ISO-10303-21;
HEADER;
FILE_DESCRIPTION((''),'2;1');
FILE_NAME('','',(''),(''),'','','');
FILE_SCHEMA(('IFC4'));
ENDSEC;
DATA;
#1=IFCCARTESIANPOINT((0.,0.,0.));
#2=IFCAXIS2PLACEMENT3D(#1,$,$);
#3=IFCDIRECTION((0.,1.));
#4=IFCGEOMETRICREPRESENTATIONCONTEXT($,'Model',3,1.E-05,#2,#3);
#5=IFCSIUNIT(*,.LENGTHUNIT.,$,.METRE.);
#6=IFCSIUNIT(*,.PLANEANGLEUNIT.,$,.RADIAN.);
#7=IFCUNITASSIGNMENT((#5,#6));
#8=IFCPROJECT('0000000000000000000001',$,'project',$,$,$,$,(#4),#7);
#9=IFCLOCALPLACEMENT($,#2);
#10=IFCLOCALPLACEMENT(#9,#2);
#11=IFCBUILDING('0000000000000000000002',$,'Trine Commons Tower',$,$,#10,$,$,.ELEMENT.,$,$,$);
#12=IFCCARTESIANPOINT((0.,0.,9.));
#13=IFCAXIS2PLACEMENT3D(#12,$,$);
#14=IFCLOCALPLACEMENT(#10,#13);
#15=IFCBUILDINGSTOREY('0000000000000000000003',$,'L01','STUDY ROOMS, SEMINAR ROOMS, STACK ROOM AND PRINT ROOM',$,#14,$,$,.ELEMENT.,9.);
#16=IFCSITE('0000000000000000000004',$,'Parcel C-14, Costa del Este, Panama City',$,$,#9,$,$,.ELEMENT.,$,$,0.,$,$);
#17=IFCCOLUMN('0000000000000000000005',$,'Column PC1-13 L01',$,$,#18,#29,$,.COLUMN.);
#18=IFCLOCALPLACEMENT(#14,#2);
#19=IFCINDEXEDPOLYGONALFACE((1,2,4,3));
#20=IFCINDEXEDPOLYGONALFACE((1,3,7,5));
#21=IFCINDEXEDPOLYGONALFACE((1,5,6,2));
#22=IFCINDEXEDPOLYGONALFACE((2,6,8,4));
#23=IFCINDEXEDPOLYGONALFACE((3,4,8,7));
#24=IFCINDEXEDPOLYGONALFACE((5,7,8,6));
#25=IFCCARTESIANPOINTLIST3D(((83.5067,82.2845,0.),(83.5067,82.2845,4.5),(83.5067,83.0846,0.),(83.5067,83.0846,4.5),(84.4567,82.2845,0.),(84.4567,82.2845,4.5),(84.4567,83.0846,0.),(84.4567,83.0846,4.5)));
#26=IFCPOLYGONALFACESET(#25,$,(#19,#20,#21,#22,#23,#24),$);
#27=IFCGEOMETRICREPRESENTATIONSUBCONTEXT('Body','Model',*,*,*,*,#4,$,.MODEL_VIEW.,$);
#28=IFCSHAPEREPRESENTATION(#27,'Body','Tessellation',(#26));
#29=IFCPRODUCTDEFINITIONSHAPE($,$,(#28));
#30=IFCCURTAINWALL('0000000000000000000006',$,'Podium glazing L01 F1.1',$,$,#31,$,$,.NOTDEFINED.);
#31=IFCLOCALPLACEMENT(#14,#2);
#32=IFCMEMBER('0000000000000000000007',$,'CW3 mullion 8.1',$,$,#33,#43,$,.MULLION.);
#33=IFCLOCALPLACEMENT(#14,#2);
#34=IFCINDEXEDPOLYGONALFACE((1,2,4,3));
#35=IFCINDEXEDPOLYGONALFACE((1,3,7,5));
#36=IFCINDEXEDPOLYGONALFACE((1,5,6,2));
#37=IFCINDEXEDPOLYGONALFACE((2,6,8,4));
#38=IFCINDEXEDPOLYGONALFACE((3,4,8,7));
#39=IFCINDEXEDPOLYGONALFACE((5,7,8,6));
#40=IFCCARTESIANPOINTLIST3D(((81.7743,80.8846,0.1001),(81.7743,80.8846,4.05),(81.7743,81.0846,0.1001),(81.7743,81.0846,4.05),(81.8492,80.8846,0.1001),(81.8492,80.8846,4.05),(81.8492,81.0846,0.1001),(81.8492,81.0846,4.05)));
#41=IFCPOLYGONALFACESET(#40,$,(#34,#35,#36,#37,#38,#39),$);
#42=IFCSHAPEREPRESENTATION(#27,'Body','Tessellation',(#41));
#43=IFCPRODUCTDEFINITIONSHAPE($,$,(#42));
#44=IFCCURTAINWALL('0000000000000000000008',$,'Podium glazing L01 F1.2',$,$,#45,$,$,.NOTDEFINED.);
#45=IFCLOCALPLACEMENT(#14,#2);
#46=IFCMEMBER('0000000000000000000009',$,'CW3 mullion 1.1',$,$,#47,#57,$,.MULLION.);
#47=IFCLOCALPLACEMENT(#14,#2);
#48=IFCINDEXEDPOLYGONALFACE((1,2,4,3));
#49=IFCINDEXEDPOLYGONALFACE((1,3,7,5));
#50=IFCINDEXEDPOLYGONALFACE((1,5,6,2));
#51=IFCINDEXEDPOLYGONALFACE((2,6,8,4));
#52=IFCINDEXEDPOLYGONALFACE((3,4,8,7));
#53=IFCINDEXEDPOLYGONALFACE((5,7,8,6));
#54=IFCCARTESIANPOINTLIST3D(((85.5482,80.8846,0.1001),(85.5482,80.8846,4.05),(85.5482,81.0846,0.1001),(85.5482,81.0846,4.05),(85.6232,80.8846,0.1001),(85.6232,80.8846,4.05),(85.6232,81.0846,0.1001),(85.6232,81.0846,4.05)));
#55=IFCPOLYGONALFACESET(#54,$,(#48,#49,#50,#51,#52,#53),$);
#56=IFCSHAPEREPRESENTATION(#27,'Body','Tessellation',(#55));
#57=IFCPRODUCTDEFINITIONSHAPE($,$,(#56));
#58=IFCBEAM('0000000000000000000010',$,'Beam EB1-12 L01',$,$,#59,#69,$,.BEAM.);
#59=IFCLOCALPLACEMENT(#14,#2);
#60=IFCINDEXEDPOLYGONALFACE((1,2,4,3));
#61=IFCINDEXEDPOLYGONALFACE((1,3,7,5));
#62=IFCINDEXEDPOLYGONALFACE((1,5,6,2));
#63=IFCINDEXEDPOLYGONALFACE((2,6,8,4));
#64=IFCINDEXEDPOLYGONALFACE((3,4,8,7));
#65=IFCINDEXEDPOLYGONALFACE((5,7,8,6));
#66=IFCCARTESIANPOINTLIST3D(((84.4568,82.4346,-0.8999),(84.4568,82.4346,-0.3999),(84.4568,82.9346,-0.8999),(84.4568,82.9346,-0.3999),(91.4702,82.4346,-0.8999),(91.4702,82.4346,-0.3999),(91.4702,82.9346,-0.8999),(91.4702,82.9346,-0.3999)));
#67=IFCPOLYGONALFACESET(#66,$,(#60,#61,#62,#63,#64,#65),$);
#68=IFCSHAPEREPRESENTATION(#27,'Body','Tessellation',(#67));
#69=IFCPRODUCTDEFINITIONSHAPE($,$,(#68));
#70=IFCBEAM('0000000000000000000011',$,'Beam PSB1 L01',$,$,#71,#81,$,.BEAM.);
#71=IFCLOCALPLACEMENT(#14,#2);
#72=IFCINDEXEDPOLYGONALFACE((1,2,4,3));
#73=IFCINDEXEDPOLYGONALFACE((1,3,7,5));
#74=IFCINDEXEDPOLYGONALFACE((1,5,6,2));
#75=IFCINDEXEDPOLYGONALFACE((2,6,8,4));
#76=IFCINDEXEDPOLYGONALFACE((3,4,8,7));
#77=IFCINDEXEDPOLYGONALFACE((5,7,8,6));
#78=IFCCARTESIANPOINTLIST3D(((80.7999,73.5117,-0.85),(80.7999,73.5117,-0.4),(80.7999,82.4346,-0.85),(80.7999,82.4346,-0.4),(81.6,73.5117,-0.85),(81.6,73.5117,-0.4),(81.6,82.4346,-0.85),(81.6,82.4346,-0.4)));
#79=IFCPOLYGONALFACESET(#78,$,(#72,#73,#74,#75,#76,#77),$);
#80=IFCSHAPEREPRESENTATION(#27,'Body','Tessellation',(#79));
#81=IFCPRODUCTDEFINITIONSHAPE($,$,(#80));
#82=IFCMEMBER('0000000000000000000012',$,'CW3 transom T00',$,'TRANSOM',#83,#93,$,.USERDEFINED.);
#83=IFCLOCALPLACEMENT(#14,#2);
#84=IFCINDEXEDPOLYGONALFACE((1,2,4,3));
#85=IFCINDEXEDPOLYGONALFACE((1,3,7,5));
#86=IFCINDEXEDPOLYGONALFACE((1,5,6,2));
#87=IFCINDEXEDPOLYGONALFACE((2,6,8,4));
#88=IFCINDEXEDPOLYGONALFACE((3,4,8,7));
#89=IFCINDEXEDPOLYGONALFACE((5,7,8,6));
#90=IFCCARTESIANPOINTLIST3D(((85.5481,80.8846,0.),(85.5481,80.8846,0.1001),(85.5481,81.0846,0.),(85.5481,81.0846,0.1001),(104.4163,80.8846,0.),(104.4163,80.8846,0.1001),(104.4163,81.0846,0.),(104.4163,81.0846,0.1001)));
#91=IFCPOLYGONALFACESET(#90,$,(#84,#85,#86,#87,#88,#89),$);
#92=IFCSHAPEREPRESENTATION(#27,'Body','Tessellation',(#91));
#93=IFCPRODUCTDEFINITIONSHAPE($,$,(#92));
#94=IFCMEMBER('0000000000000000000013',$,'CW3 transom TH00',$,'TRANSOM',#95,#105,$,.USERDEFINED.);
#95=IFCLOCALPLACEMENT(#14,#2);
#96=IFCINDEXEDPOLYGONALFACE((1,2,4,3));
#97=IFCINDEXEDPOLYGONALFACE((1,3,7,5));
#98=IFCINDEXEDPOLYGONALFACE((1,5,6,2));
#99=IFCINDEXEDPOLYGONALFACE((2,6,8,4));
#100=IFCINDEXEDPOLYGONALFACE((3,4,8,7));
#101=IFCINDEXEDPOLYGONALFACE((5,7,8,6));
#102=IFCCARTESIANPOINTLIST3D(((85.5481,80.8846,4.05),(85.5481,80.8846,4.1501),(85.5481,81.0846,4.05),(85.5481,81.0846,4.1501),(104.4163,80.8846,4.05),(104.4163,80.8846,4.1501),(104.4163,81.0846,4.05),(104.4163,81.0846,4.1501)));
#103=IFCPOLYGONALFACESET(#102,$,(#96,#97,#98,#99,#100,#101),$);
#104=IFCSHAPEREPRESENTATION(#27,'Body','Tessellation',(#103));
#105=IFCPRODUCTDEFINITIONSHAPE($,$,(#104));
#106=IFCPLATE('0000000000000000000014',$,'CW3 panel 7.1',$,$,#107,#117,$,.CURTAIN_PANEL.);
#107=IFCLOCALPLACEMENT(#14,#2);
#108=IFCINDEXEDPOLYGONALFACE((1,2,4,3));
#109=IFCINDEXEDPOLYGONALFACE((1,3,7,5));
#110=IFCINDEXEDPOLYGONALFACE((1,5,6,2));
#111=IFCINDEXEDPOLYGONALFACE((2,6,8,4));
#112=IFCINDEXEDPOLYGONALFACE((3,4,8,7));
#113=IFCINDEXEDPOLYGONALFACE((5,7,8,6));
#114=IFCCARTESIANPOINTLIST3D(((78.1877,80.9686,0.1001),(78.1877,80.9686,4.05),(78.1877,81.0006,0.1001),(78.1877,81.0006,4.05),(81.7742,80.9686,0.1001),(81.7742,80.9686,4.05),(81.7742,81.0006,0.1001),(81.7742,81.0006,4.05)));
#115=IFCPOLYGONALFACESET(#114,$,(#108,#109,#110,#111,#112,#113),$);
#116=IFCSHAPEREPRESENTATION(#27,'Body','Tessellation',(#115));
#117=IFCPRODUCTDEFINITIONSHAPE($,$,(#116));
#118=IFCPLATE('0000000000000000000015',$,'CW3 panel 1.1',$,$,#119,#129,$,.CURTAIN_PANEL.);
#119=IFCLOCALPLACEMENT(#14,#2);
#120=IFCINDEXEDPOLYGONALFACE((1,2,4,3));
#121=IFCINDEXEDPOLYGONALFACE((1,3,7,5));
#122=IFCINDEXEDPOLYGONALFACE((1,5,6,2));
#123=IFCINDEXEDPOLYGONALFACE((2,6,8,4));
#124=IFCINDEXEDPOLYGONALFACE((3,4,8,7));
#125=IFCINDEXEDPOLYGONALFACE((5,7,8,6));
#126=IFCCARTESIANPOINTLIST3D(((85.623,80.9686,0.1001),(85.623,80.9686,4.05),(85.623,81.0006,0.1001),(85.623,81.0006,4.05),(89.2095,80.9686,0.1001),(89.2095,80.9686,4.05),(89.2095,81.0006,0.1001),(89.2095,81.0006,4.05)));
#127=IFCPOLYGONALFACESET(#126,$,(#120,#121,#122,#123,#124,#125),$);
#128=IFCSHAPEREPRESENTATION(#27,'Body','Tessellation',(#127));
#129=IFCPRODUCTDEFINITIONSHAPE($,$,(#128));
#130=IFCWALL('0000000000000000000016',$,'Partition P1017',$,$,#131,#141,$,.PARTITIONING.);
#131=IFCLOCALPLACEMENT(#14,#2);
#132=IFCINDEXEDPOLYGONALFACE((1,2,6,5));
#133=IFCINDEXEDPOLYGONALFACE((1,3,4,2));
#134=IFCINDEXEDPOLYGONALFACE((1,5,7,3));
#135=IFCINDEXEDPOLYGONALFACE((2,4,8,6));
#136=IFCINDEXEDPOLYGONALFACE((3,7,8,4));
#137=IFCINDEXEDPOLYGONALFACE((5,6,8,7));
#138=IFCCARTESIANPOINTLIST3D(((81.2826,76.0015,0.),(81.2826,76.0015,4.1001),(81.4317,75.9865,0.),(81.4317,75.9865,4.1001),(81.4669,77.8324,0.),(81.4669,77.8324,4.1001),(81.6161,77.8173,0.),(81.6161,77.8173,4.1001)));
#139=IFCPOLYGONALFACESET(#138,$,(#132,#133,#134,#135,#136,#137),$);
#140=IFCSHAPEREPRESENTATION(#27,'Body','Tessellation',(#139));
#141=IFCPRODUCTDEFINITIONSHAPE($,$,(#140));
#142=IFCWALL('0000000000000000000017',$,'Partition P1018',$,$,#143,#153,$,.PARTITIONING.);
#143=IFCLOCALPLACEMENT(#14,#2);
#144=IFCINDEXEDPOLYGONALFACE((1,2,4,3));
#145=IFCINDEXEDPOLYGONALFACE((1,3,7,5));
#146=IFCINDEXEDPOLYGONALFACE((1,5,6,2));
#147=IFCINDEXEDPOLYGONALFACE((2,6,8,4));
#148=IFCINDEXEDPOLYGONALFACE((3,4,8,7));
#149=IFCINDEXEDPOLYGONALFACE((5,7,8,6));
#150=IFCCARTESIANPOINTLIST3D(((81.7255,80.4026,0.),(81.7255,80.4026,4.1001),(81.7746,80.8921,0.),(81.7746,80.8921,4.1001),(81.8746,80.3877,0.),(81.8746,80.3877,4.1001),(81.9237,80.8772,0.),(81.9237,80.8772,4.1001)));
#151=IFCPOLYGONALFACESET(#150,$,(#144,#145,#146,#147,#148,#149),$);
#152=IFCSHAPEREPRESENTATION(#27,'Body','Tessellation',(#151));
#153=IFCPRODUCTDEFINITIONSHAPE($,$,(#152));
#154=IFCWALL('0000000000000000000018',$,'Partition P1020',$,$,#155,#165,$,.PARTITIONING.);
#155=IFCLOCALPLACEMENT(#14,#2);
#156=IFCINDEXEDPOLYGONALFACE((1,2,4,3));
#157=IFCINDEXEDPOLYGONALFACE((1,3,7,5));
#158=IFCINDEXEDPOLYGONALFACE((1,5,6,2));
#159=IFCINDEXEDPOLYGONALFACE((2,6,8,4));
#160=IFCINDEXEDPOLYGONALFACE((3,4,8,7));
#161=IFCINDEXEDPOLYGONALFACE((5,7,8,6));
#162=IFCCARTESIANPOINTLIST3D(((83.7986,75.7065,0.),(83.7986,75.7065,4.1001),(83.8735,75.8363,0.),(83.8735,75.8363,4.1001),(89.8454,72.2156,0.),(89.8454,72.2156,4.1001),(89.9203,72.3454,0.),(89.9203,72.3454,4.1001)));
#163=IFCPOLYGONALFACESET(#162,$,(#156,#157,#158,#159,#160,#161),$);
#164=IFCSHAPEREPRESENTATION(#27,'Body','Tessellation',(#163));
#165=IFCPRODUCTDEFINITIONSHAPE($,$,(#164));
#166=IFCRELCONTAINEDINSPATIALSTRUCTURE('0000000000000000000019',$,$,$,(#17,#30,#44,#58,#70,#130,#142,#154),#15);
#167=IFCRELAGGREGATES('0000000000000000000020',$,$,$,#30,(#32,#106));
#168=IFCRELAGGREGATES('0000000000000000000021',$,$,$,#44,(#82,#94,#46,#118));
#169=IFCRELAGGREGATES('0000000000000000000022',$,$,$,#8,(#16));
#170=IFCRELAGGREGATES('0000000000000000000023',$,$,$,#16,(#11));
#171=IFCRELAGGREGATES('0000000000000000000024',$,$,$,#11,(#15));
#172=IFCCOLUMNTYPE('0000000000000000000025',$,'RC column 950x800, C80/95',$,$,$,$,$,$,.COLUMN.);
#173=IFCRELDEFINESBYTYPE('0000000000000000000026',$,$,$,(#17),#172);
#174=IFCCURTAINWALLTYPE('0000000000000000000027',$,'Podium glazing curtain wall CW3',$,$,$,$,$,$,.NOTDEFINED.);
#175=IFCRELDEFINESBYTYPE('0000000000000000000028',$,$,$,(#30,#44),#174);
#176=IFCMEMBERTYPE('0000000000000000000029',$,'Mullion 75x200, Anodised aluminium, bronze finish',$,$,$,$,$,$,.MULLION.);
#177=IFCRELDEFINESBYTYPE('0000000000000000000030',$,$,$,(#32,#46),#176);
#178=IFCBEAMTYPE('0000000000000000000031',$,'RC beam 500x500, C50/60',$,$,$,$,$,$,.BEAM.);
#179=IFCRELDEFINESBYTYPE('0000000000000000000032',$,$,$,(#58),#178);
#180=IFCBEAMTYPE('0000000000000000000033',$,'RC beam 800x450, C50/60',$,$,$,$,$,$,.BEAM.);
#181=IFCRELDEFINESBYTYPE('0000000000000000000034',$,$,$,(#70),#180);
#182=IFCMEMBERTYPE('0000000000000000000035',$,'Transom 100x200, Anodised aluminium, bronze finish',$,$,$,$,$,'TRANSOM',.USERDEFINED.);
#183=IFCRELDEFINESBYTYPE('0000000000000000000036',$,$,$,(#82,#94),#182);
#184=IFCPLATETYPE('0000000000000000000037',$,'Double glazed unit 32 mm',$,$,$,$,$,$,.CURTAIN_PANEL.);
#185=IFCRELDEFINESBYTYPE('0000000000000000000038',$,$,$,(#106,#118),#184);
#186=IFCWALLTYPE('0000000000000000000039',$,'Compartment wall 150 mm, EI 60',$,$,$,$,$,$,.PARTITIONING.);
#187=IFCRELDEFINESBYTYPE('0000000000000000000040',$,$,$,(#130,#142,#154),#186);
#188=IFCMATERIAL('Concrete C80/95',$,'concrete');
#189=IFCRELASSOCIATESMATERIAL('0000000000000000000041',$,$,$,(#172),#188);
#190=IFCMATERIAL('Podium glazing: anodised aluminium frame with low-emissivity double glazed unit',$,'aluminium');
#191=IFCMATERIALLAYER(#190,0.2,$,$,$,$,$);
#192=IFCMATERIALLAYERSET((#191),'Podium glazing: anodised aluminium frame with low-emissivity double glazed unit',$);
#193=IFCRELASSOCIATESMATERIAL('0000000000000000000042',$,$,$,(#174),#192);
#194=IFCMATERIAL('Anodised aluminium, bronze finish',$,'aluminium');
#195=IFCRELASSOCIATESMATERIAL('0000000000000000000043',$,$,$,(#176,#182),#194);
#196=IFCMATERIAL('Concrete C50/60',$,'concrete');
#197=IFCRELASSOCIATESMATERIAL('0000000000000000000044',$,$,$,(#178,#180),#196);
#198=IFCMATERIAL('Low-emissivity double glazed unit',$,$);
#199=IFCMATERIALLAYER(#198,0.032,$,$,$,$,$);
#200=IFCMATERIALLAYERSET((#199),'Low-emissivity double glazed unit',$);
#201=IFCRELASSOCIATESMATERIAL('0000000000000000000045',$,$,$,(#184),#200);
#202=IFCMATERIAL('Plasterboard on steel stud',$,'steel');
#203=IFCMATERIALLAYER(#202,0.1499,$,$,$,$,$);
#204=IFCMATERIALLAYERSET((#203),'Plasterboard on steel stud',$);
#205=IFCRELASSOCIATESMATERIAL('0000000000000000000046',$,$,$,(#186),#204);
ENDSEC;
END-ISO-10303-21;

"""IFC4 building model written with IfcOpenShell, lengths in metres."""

from ifc_helpers import new_model, si_unit, direction, frame, frame_2d, origin, origin_2d, place, context, subcontext, project, spatial, rectangle, extrude, material, layer, layer_set, material_profile, profile_set, type_object, element, aggregate, save


model = new_model("IFC4")

# Units and contexts
model_context = context("Model", 3, precision=1e-05, world=origin(), true_north=direction((0.0, 1.0)))
body_context = subcontext(model_context, "Body", "Model", "MODEL_VIEW")
ifc_project = project(units=[si_unit("LENGTHUNIT", "METRE"), si_unit("PLANEANGLEUNIT", "RADIAN")], contexts=[model_context])

# Site, building, storey
site_placement = place(None, origin())
site = spatial("IfcSite", under=ifc_project, at=site_placement, Name="Parcel C-14, Costa del Este, Panama City", CompositionType="ELEMENT", RefElevation=0.0)
building_placement = place(site_placement, origin())
building = spatial("IfcBuilding", under=site, at=building_placement, Name="Trine Commons Tower", CompositionType="ELEMENT")
storey_placement = place(building_placement, frame((0.0, 0.0, 9.0)))
storey = spatial("IfcBuildingStorey", under=building, at=storey_placement, Name="L01", Description="STUDY ROOMS, SEMINAR ROOMS, STACK ROOM AND PRINT ROOM", CompositionType="ELEMENT", Elevation=9.0)

# Column
ifc_material_1 = material(Name="Concrete C80/95", Category="concrete")
ifc_material_profile_1 = material_profile(ifc_material_1, rectangle(XDim=0.95, YDim=0.8, at=origin_2d()), Name="RC 950x800")
ifc_profile_set_1 = profile_set([ifc_material_profile_1], Name="Concrete C80/95")
column_type = type_object("IfcColumnType", Name="RC column 950x800, C80/95", PredefinedType="COLUMN", material=ifc_profile_set_1)
column_placement = place(storey_placement, frame((83.9817, 82.6846, 0.0), z_axis=(0.0, 0.0, 1.0), x_axis=(1.0, 0.0, 0.0)))
element("IfcColumn", 1, at=column_placement, inside=storey, type_object=column_type, Name="Column PC1-13 L01", PredefinedType="COLUMN", context=body_context, shape_type="SweptSolid", body=[
    extrude(rectangle(XDim=0.95, YDim=0.8, at=origin_2d()), origin(), (0.0, 0.0, 1.0), 4.5),
])

# Curtain walls, members
ifc_material_2 = material(Name="Podium glazing: anodised aluminium frame with low-emissivity double glazed unit", Category="aluminium")
ifc_layer_1 = layer(ifc_material_2, 0.2)
ifc_layer_set_1 = layer_set([ifc_layer_1], Name="Podium glazing: anodised aluminium frame with low-emissivity double glazed unit")
curtain_wall_type = type_object("IfcCurtainWallType", Name="Podium glazing curtain wall CW3", PredefinedType="NOTDEFINED", material=ifc_layer_set_1)
curtain_wall_1_placement = place(storey_placement, origin())
curtain_wall_1 = element("IfcCurtainWall", 2, at=curtain_wall_1_placement, inside=storey, type_object=curtain_wall_type, Name="Podium glazing L01 F1.1", PredefinedType="NOTDEFINED")
ifc_material_3 = material(Name="Anodised aluminium, bronze finish", Category="aluminium")
ifc_material_profile_2 = material_profile(ifc_material_3, rectangle(XDim=0.2, YDim=0.075, at=origin_2d()), Name="Mullion 75x200")
ifc_profile_set_2 = profile_set([ifc_material_profile_2], Name="Anodised aluminium, bronze finish")
member_type_1 = type_object("IfcMemberType", Name="Mullion 75x200, Anodised aluminium, bronze finish", PredefinedType="MULLION", material=ifc_profile_set_2)
member_1_placement = place(storey_placement, frame((81.8118, 80.9846, 0.1001), z_axis=(0.0, 0.0, 1.0), x_axis=(0.0, 1.0, 0.0)))
member_1 = element("IfcMember", 3, at=member_1_placement, type_object=member_type_1, Name="CW3 mullion 8.1", PredefinedType="MULLION", context=body_context, shape_type="SweptSolid", body=[
    extrude(rectangle(XDim=0.2, YDim=0.075, at=origin_2d()), origin(), (0.0, 0.0, 1.0), 3.95),
])
curtain_wall_2_placement = place(storey_placement, origin())
curtain_wall_2 = element("IfcCurtainWall", 4, at=curtain_wall_2_placement, inside=storey, type_object=curtain_wall_type, Name="Podium glazing L01 F1.2", PredefinedType="NOTDEFINED")
member_2_placement = place(storey_placement, frame((85.5857, 80.9846, 0.1001), z_axis=(0.0, 0.0, 1.0), x_axis=(0.0, 1.0, 0.0)))
member_2 = element("IfcMember", 5, at=member_2_placement, type_object=member_type_1, Name="CW3 mullion 1.1", PredefinedType="MULLION", context=body_context, shape_type="SweptSolid", body=[
    extrude(rectangle(XDim=0.2, YDim=0.075, at=origin_2d()), origin(), (0.0, 0.0, 1.0), 3.95),
])

# Beams
ifc_material_4 = material(Name="Concrete C50/60", Category="concrete")
ifc_material_profile_3 = material_profile(ifc_material_4, rectangle(XDim=0.5, YDim=0.5, at=origin_2d()), Name="RC 500x500")
ifc_profile_set_3 = profile_set([ifc_material_profile_3], Name="Concrete C50/60")
beam_type_1 = type_object("IfcBeamType", Name="RC beam 500x500, C50/60", PredefinedType="BEAM", material=ifc_profile_set_3)
beam_1_placement = place(storey_placement, frame((84.4568, 82.6846, -0.6499), z_axis=(1.0, 0.0, 0.0), x_axis=(0.0, 1.0, 0.0)))
element("IfcBeam", 6, at=beam_1_placement, inside=storey, type_object=beam_type_1, Name="Beam EB1-12 L01", PredefinedType="BEAM", context=body_context, shape_type="SweptSolid", body=[
    extrude(rectangle(XDim=0.5, YDim=0.5, at=origin_2d()), origin(), (0.0, 0.0, 1.0), 7.0134),
])
ifc_material_profile_4 = material_profile(ifc_material_4, rectangle(XDim=0.8, YDim=0.45, at=origin_2d()), Name="RC 800x450")
ifc_profile_set_4 = profile_set([ifc_material_profile_4], Name="Concrete C50/60")
beam_type_2 = type_object("IfcBeamType", Name="RC beam 800x450, C50/60", PredefinedType="BEAM", material=ifc_profile_set_4)
beam_2_placement = place(storey_placement, frame((81.2, 73.5117, -0.625), z_axis=(0.0, 1.0, 0.0), x_axis=(-1.0, 0.0, 0.0)))
element("IfcBeam", 7, at=beam_2_placement, inside=storey, type_object=beam_type_2, Name="Beam PSB1 L01", PredefinedType="BEAM", context=body_context, shape_type="SweptSolid", body=[
    extrude(rectangle(XDim=0.8, YDim=0.45, at=origin_2d()), origin(), (0.0, 0.0, 1.0), 8.9229),
])

# Members
ifc_material_profile_5 = material_profile(ifc_material_3, rectangle(XDim=0.2, YDim=0.1001, at=origin_2d()), Name="Transom 100x200")
ifc_profile_set_5 = profile_set([ifc_material_profile_5], Name="Anodised aluminium, bronze finish")
member_type_2 = type_object("IfcMemberType", Name="Transom 100x200, Anodised aluminium, bronze finish", ElementType="TRANSOM", PredefinedType="USERDEFINED", material=ifc_profile_set_5)
member_3_placement = place(storey_placement, frame((85.5481, 80.9846, 0.05), z_axis=(1.0, 0.0, 0.0), x_axis=(0.0, 1.0, 0.0)))
member_3 = element("IfcMember", 8, at=member_3_placement, type_object=member_type_2, Name="CW3 transom T00", ObjectType="TRANSOM", PredefinedType="USERDEFINED", context=body_context, shape_type="SweptSolid", body=[
    extrude(rectangle(XDim=0.2, YDim=0.1001, at=origin_2d()), origin(), (0.0, 0.0, 1.0), 18.8682),
])
member_4_placement = place(storey_placement, frame((85.5481, 80.9846, 4.1001), z_axis=(1.0, 0.0, 0.0), x_axis=(0.0, 1.0, 0.0)))
member_4 = element("IfcMember", 9, at=member_4_placement, type_object=member_type_2, Name="CW3 transom TH00", ObjectType="TRANSOM", PredefinedType="USERDEFINED", context=body_context, shape_type="SweptSolid", body=[
    extrude(rectangle(XDim=0.2, YDim=0.1001, at=origin_2d()), origin(), (0.0, 0.0, 1.0), 18.8682),
])

# Plates
ifc_material_5 = material(Name="Low-emissivity double glazed unit")
ifc_layer_2 = layer(ifc_material_5, 0.032)
ifc_layer_set_2 = layer_set([ifc_layer_2], Name="Low-emissivity double glazed unit")
plate_type = type_object("IfcPlateType", Name="Double glazed unit 32 mm", PredefinedType="CURTAIN_PANEL", material=ifc_layer_set_2)
plate_1_placement = place(storey_placement, frame((79.981, 80.9846, 0.1001), z_axis=(0.0, 0.0, 1.0), x_axis=(1.0, 0.0, 0.0)))
plate_1 = element("IfcPlate", 10, at=plate_1_placement, type_object=plate_type, Name="CW3 panel 7.1", PredefinedType="CURTAIN_PANEL", context=body_context, shape_type="SweptSolid", body=[
    extrude(rectangle(XDim=3.5864, YDim=0.032, at=origin_2d()), origin(), (0.0, 0.0, 1.0), 3.95),
])
aggregate(curtain_wall_1, [member_1, plate_1])
plate_2_placement = place(storey_placement, frame((87.4163, 80.9846, 0.1001), z_axis=(0.0, 0.0, 1.0), x_axis=(1.0, 0.0, 0.0)))
plate_2 = element("IfcPlate", 11, at=plate_2_placement, type_object=plate_type, Name="CW3 panel 1.1", PredefinedType="CURTAIN_PANEL", context=body_context, shape_type="SweptSolid", body=[
    extrude(rectangle(XDim=3.5864, YDim=0.032, at=origin_2d()), origin(), (0.0, 0.0, 1.0), 3.95),
])
aggregate(curtain_wall_2, [member_3, member_4, member_2, plate_2])

# Walls
ifc_material_6 = material(Name="Plasterboard on steel stud", Category="steel")
ifc_layer_3 = layer(ifc_material_6, 0.1499)
ifc_layer_set_3 = layer_set([ifc_layer_3], Name="Plasterboard on steel stud")
wall_type_1 = type_object("IfcWallType", Name="Compartment wall 150 mm, EI 60", PredefinedType="PARTITIONING", material=ifc_layer_set_3)
wall_1_placement = place(storey_placement, frame((81.3572, 75.9941, 0.0), z_axis=(0.0, 0.0, 1.0), x_axis=(0.100174, 0.99497, 0.0)))
element("IfcWall", 12, at=wall_1_placement, inside=storey, type_object=wall_type_1, Name="Partition P1017", PredefinedType="PARTITIONING", context=body_context, shape_type="SweptSolid", body=[
    extrude(rectangle(XDim=1.8401, YDim=0.1499, at=frame_2d((0.9199, 0.0))), origin(), (0.0, 0.0, 1.0), 4.1001),
])
wall_2_placement = place(storey_placement, frame((81.8, 80.395, 0.0), z_axis=(0.0, 0.0, 1.0), x_axis=(0.099749, 0.995013, 0.0)))
element("IfcWall", 13, at=wall_2_placement, inside=storey, type_object=wall_type_1, Name="Partition P1018", PredefinedType="PARTITIONING", context=body_context, shape_type="SweptSolid", body=[
    extrude(rectangle(XDim=0.4919, YDim=0.1499, at=frame_2d((0.2461, 0.0))), origin(), (0.0, 0.0, 1.0), 4.1001),
])
wall_3_placement = place(storey_placement, frame((83.8359, 75.7715, 0.0), z_axis=(0.0, 0.0, 1.0), x_axis=(0.866038, -0.499979, 0.0)))
element("IfcWall", 14, at=wall_3_placement, inside=storey, type_object=wall_type_1, Name="Partition P1020", PredefinedType="PARTITIONING", context=body_context, shape_type="SweptSolid", body=[
    extrude(rectangle(XDim=6.9822, YDim=0.1499, at=frame_2d((3.4912, 0.0))), origin(), (0.0, 0.0, 1.0), 4.1001),
])

save(model, "model.ifc")
